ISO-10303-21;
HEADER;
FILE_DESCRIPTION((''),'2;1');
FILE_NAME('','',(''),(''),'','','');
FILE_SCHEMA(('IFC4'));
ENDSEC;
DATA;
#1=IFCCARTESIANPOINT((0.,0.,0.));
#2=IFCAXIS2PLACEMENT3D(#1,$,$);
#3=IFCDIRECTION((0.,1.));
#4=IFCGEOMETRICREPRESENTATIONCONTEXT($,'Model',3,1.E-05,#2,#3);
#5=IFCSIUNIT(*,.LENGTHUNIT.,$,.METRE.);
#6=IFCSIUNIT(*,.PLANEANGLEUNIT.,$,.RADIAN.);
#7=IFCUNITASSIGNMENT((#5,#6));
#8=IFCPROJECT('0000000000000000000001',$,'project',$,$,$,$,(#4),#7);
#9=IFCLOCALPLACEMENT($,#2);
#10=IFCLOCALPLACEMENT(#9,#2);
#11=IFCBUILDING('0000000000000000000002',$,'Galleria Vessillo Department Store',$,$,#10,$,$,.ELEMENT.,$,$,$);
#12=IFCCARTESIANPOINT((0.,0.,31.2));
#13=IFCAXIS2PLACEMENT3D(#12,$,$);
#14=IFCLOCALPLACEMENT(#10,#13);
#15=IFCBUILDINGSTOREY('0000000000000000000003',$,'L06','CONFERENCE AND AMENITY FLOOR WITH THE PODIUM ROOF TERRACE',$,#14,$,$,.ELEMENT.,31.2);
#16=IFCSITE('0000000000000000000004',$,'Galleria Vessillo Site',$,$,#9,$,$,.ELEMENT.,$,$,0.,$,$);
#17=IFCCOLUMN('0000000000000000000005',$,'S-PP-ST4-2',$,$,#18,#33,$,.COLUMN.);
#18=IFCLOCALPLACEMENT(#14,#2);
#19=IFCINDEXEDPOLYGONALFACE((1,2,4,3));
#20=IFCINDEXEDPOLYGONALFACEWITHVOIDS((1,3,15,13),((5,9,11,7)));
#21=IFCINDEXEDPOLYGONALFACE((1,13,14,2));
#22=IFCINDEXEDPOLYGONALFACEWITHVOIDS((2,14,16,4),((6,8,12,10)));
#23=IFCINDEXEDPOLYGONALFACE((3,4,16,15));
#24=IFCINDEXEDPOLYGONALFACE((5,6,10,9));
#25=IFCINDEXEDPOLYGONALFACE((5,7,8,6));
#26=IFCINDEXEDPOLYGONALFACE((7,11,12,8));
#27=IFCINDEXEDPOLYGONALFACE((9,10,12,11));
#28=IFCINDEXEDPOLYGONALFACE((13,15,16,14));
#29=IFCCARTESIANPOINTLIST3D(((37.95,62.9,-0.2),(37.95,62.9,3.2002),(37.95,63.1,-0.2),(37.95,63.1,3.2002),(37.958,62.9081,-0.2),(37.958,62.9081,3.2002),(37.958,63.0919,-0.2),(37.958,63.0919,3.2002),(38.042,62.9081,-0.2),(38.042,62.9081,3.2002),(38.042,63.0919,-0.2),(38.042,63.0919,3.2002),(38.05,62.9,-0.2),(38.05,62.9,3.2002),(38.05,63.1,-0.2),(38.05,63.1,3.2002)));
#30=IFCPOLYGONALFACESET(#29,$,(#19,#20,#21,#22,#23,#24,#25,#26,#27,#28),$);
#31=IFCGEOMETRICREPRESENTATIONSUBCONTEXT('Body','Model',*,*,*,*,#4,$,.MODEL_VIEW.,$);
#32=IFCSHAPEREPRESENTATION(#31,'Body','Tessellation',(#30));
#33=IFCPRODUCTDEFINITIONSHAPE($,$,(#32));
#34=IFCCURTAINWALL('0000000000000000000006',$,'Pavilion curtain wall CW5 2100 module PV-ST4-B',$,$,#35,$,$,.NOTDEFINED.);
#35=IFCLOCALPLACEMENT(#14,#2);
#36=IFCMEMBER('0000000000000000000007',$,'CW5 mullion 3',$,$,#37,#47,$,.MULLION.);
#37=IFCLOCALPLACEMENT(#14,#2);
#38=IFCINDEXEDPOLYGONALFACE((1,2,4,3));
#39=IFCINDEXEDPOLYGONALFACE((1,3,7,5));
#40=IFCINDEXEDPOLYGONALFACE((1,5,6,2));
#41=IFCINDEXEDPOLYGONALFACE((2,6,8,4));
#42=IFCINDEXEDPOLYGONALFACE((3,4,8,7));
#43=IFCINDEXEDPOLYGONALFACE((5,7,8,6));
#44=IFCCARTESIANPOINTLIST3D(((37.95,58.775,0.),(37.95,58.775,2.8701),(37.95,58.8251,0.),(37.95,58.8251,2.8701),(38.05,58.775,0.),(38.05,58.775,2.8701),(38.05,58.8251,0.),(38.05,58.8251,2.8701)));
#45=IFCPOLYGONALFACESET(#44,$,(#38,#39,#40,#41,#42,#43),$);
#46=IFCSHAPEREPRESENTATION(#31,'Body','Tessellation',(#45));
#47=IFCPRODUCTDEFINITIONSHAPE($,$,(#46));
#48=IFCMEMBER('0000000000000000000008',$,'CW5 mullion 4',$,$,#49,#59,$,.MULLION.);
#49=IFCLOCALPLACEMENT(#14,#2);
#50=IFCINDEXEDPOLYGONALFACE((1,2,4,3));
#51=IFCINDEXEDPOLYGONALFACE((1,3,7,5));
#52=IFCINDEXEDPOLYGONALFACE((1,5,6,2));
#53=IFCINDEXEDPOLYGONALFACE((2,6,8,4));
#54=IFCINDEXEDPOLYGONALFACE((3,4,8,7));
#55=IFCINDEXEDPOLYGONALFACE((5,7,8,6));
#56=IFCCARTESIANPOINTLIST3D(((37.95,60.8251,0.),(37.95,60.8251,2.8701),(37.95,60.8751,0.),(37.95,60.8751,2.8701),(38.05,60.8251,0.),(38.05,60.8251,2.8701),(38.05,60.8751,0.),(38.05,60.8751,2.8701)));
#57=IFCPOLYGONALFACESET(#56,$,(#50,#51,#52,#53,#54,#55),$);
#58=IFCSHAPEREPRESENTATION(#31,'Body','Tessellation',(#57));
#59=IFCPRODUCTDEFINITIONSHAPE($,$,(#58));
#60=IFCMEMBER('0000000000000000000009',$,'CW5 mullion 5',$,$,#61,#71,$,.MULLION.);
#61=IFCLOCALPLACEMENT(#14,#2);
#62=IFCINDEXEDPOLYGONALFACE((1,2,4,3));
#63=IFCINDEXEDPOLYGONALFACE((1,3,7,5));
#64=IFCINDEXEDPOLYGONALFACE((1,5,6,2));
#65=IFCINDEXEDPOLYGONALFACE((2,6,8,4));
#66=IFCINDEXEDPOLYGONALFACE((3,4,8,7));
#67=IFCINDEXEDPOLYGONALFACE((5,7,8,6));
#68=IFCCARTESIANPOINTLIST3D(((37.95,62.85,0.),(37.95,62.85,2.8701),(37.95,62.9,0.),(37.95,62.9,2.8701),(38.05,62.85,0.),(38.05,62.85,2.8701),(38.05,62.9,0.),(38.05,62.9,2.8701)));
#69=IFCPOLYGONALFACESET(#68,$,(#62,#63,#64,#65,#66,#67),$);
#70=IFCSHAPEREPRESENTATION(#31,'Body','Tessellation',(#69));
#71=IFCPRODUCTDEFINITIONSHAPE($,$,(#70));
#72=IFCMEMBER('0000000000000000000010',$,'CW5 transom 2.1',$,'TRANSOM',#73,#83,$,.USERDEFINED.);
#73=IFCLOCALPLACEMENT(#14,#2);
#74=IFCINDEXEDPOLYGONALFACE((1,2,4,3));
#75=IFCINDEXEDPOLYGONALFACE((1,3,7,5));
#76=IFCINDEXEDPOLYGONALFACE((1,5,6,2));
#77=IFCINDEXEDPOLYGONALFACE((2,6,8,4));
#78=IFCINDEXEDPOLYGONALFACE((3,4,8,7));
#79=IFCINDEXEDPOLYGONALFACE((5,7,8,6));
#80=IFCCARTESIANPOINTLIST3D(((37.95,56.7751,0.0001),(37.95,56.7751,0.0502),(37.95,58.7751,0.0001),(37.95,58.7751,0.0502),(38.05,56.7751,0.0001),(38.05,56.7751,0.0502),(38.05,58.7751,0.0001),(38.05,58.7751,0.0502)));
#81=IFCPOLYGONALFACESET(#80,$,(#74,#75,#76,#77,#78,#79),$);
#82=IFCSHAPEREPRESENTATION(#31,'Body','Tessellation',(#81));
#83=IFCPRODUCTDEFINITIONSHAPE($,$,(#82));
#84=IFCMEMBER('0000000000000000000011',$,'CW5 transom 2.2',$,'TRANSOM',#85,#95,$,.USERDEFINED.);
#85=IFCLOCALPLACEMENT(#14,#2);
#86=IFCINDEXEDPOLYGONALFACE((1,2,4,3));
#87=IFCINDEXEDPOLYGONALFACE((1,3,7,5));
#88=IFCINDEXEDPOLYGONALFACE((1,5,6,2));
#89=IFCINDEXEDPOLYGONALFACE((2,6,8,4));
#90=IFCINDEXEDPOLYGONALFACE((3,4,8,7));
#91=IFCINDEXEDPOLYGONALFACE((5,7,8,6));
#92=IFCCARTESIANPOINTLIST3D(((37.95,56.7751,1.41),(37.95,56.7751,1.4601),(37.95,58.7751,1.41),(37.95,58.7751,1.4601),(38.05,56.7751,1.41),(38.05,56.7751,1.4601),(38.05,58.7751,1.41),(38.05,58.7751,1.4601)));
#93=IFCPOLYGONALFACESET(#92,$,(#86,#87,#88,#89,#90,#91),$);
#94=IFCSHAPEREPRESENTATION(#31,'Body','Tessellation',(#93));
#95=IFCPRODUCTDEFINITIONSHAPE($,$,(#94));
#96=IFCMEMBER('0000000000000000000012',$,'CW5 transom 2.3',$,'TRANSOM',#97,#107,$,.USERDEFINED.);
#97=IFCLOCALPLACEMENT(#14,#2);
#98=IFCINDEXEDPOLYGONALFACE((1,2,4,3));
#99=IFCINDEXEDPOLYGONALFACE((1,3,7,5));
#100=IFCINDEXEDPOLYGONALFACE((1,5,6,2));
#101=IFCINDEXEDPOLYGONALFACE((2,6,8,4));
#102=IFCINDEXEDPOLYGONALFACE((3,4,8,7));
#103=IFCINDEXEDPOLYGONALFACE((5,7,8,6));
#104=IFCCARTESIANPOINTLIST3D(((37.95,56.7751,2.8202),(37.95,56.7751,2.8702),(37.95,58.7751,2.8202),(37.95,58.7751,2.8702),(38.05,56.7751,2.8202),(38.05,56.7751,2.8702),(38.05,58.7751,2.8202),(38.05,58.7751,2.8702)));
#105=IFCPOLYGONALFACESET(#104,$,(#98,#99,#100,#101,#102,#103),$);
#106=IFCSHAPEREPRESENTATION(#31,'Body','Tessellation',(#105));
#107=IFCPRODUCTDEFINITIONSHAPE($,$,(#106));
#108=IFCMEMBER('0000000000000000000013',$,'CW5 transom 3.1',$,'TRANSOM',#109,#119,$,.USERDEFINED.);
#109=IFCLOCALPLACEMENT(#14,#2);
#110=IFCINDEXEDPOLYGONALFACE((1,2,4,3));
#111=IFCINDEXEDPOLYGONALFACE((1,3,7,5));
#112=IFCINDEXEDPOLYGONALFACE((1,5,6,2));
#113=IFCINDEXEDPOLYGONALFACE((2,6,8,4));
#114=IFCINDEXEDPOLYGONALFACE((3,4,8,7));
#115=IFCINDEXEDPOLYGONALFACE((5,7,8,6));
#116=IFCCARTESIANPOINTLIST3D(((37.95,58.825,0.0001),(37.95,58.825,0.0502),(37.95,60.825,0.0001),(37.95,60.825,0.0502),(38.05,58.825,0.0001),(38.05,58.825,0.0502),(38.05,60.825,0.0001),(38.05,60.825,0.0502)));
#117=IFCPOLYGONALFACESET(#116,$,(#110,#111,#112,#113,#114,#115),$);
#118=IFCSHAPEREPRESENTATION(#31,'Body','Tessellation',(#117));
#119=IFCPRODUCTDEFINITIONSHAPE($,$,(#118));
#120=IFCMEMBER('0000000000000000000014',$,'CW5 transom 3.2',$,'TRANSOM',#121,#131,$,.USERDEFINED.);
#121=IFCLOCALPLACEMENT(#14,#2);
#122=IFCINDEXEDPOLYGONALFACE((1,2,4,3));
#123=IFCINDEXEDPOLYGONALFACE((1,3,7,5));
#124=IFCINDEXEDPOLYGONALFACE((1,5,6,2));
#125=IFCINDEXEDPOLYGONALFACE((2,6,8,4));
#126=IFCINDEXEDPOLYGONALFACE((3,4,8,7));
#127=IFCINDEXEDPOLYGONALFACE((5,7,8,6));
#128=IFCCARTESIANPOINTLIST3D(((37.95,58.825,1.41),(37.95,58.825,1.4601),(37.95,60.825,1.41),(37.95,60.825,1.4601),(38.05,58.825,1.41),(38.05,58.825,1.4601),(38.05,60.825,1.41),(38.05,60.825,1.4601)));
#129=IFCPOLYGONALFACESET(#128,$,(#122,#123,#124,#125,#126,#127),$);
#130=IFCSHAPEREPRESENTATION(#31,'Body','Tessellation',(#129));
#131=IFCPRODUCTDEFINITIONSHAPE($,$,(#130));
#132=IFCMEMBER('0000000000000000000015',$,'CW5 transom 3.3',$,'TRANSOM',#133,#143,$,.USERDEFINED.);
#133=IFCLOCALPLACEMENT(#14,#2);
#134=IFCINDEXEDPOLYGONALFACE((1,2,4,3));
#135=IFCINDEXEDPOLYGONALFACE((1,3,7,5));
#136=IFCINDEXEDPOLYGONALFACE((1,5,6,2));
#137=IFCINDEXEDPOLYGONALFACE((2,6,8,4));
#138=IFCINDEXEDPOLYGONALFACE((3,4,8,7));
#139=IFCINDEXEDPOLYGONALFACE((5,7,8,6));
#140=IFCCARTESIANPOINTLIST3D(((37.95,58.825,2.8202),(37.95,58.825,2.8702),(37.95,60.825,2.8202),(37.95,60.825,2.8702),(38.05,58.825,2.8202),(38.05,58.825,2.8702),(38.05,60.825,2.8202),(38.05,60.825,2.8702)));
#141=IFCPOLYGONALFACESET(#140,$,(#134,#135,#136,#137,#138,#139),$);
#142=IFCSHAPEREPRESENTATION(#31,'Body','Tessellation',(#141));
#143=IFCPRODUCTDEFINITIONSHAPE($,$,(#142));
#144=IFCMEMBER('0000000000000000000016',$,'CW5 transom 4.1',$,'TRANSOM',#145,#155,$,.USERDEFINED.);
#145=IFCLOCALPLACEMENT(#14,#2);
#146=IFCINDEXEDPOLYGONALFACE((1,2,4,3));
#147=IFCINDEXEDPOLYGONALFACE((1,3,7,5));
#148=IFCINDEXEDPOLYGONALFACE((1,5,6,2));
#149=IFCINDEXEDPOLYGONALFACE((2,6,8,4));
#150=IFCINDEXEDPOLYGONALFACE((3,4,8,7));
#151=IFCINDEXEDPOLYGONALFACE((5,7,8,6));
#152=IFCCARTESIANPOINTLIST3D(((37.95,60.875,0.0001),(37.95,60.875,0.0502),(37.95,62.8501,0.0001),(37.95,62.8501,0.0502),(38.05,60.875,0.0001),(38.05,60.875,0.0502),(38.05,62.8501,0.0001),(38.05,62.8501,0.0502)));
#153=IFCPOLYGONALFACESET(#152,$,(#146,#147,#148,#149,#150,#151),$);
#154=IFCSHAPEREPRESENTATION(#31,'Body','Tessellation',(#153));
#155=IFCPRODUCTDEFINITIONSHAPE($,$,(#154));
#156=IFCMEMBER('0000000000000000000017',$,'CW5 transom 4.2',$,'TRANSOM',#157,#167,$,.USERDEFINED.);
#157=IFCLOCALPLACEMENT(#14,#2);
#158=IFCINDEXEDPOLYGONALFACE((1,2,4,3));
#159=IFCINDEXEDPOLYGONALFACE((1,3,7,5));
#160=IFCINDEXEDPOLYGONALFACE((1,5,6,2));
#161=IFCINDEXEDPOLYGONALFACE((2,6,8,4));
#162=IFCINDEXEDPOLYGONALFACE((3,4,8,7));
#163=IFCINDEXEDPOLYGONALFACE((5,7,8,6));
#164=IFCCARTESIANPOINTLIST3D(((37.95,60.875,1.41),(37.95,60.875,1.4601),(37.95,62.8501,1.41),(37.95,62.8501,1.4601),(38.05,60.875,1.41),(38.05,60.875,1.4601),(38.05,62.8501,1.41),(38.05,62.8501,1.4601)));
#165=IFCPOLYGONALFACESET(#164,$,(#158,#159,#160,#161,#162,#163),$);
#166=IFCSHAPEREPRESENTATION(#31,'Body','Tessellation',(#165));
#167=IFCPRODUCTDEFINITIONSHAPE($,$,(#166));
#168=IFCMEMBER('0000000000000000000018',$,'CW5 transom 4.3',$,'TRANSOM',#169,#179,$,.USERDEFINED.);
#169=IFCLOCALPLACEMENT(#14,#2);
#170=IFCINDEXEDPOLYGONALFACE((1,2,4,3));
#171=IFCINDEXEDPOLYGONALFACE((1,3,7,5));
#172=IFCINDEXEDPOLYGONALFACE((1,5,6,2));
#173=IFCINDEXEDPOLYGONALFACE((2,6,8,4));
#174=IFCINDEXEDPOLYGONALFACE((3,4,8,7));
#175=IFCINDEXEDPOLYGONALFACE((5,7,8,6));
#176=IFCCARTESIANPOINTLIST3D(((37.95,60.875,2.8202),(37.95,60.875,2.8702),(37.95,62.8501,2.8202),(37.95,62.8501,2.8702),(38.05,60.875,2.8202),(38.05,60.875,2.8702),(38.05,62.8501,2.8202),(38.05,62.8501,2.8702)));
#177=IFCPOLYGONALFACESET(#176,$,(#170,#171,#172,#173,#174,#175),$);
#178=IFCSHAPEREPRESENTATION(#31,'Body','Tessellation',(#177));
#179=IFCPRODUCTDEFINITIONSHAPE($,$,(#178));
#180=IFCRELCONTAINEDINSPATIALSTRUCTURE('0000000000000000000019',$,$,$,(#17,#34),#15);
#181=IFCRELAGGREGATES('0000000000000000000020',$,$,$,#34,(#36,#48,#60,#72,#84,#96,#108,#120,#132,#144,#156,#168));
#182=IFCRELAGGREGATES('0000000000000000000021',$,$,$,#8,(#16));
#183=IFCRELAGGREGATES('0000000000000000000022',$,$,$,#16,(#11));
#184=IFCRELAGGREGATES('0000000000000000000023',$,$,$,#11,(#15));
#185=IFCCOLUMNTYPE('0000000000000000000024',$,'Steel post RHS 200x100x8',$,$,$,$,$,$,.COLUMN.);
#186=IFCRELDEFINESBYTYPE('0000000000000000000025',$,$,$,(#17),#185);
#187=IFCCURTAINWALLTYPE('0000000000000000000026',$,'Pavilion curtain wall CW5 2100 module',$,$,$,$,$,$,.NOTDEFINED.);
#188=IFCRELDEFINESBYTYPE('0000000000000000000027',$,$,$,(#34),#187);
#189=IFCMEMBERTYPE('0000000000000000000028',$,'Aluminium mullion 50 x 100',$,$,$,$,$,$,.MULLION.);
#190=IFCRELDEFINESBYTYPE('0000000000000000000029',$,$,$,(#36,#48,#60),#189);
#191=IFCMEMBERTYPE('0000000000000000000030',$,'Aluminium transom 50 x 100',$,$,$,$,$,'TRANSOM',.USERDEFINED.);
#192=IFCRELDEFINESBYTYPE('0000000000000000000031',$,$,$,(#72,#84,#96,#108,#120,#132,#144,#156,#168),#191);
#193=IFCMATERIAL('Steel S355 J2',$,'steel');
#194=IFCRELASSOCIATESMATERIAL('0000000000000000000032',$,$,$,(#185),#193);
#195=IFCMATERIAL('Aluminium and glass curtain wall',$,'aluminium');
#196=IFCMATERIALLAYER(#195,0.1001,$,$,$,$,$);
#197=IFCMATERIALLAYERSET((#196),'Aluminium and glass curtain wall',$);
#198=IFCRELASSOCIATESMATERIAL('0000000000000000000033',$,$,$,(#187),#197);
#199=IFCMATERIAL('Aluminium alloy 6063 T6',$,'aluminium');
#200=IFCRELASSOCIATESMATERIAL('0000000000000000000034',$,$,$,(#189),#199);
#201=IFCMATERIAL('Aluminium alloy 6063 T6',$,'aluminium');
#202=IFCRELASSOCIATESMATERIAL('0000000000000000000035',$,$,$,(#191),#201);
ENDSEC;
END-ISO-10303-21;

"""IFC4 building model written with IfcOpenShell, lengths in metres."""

from ifc_helpers import new_model, si_unit, direction, frame, origin, origin_2d, place, context, subcontext, project, spatial, rectangle, hollow_rectangle, extrude, material, layer, layer_set, material_profile, profile_set, type_object, element, aggregate, save


model = new_model("IFC4")

# Units and contexts
model_context = context("Model", 3, precision=1e-05, world=origin(), true_north=direction((0.0, 1.0)))
body_context = subcontext(model_context, "Body", "Model", "MODEL_VIEW")
ifc_project = project(units=[si_unit("LENGTHUNIT", "METRE"), si_unit("PLANEANGLEUNIT", "RADIAN")], contexts=[model_context])

# Site, building, storey
site_placement = place(None, origin())
site = spatial("IfcSite", under=ifc_project, at=site_placement, Name="Galleria Vessillo Site", CompositionType="ELEMENT", RefElevation=0.0)
building_placement = place(site_placement, origin())
building = spatial("IfcBuilding", under=site, at=building_placement, Name="Galleria Vessillo Department Store", CompositionType="ELEMENT")
storey_placement = place(building_placement, frame((0.0, 0.0, 31.2)))
storey = spatial("IfcBuildingStorey", under=building, at=storey_placement, Name="L06", Description="CONFERENCE AND AMENITY FLOOR WITH THE PODIUM ROOF TERRACE", CompositionType="ELEMENT", Elevation=31.2)

# Column
ifc_material_1 = material(Name="Steel S355 J2", Category="steel")
ifc_material_profile_1 = material_profile(ifc_material_1, hollow_rectangle(XDim=0.1001, YDim=0.2, WallThickness=0.0081, at=origin_2d()), Name="RHS 200x100x8")
ifc_profile_set_1 = profile_set([ifc_material_profile_1], Name="Steel S355 J2")
column_type = type_object("IfcColumnType", Name="Steel post RHS 200x100x8", PredefinedType="COLUMN", material=ifc_profile_set_1)
column_placement = place(storey_placement, frame((38.0, 63.0, -0.2), z_axis=(0.0, 0.0, 1.0), x_axis=(1.0, 0.0, 0.0)))
element("IfcColumn", 1, at=column_placement, inside=storey, type_object=column_type, Name="S-PP-ST4-2", PredefinedType="COLUMN", context=body_context, shape_type="SweptSolid", body=[
    extrude(hollow_rectangle(XDim=0.1001, YDim=0.2, WallThickness=0.0081, at=origin_2d()), origin(), (0.0, 0.0, 1.0), 3.4001),
])

# Curtain wall, members
ifc_material_2 = material(Name="Aluminium and glass curtain wall", Category="aluminium")
ifc_layer_1 = layer(ifc_material_2, 0.1001)
ifc_layer_set_1 = layer_set([ifc_layer_1], Name="Aluminium and glass curtain wall")
curtain_wall_type = type_object("IfcCurtainWallType", Name="Pavilion curtain wall CW5 2100 module", PredefinedType="NOTDEFINED", material=ifc_layer_set_1)
curtain_wall_placement = place(storey_placement, origin())
curtain_wall = element("IfcCurtainWall", 2, at=curtain_wall_placement, inside=storey, type_object=curtain_wall_type, Name="Pavilion curtain wall CW5 2100 module PV-ST4-B", PredefinedType="NOTDEFINED")
ifc_material_3 = material(Name="Aluminium alloy 6063 T6", Category="aluminium")
ifc_material_profile_2 = material_profile(ifc_material_3, rectangle(XDim=0.1001, YDim=0.05, at=origin_2d()), Name="AL 50x100")
ifc_profile_set_2 = profile_set([ifc_material_profile_2], Name="Aluminium alloy 6063 T6")
member_type_1 = type_object("IfcMemberType", Name="Aluminium mullion 50 x 100", PredefinedType="MULLION", material=ifc_profile_set_2)
member_1_placement = place(storey_placement, frame((38.0, 58.8, 0.0), z_axis=(0.0, 0.0, 1.0), x_axis=(-1.0, 0.0, 0.0)))
member_1 = element("IfcMember", 3, at=member_1_placement, type_object=member_type_1, Name="CW5 mullion 3", PredefinedType="MULLION", context=body_context, shape_type="SweptSolid", body=[
    extrude(rectangle(XDim=0.1001, YDim=0.05, at=origin_2d()), origin(), (0.0, 0.0, 1.0), 2.8701),
])
member_2_placement = place(storey_placement, frame((38.0, 60.8501, 0.0), z_axis=(0.0, 0.0, 1.0), x_axis=(-1.0, 0.0, 0.0)))
member_2 = element("IfcMember", 4, at=member_2_placement, type_object=member_type_1, Name="CW5 mullion 4", PredefinedType="MULLION", context=body_context, shape_type="SweptSolid", body=[
    extrude(rectangle(XDim=0.1001, YDim=0.05, at=origin_2d()), origin(), (0.0, 0.0, 1.0), 2.8701),
])
member_3_placement = place(storey_placement, frame((38.0, 62.875, 0.0), z_axis=(0.0, 0.0, 1.0), x_axis=(-1.0, 0.0, 0.0)))
member_3 = element("IfcMember", 5, at=member_3_placement, type_object=member_type_1, Name="CW5 mullion 5", PredefinedType="MULLION", context=body_context, shape_type="SweptSolid", body=[
    extrude(rectangle(XDim=0.1001, YDim=0.05, at=origin_2d()), origin(), (0.0, 0.0, 1.0), 2.8701),
])
ifc_material_4 = material(Name="Aluminium alloy 6063 T6", Category="aluminium")
ifc_material_profile_3 = material_profile(ifc_material_4, rectangle(XDim=0.1001, YDim=0.05, at=origin_2d()), Name="AL 50x100")
ifc_profile_set_3 = profile_set([ifc_material_profile_3], Name="Aluminium alloy 6063 T6")
member_type_2 = type_object("IfcMemberType", Name="Aluminium transom 50 x 100", ElementType="TRANSOM", PredefinedType="USERDEFINED", material=ifc_profile_set_3)
member_4_placement = place(storey_placement, frame((38.0, 56.7751, 0.0251), z_axis=(0.0, 1.0, 0.0), x_axis=(-1.0, 0.0, 0.0)))
member_4 = element("IfcMember", 6, at=member_4_placement, type_object=member_type_2, Name="CW5 transom 2.1", ObjectType="TRANSOM", PredefinedType="USERDEFINED", context=body_context, shape_type="SweptSolid", body=[
    extrude(rectangle(XDim=0.1001, YDim=0.05, at=origin_2d()), origin(), (0.0, 0.0, 1.0), 2.0),
])
member_5_placement = place(storey_placement, frame((38.0, 56.7751, 1.4351), z_axis=(0.0, 1.0, 0.0), x_axis=(-1.0, 0.0, 0.0)))
member_5 = element("IfcMember", 7, at=member_5_placement, type_object=member_type_2, Name="CW5 transom 2.2", ObjectType="TRANSOM", PredefinedType="USERDEFINED", context=body_context, shape_type="SweptSolid", body=[
    extrude(rectangle(XDim=0.1001, YDim=0.05, at=origin_2d()), origin(), (0.0, 0.0, 1.0), 2.0),
])
member_6_placement = place(storey_placement, frame((38.0, 56.7751, 2.8452), z_axis=(0.0, 1.0, 0.0), x_axis=(-1.0, 0.0, 0.0)))
member_6 = element("IfcMember", 8, at=member_6_placement, type_object=member_type_2, Name="CW5 transom 2.3", ObjectType="TRANSOM", PredefinedType="USERDEFINED", context=body_context, shape_type="SweptSolid", body=[
    extrude(rectangle(XDim=0.1001, YDim=0.05, at=origin_2d()), origin(), (0.0, 0.0, 1.0), 2.0),
])
member_7_placement = place(storey_placement, frame((38.0, 58.825, 0.0251), z_axis=(0.0, 1.0, 0.0), x_axis=(-1.0, 0.0, 0.0)))
member_7 = element("IfcMember", 9, at=member_7_placement, type_object=member_type_2, Name="CW5 transom 3.1", ObjectType="TRANSOM", PredefinedType="USERDEFINED", context=body_context, shape_type="SweptSolid", body=[
    extrude(rectangle(XDim=0.1001, YDim=0.05, at=origin_2d()), origin(), (0.0, 0.0, 1.0), 2.0),
])
member_8_placement = place(storey_placement, frame((38.0, 58.825, 1.4351), z_axis=(0.0, 1.0, 0.0), x_axis=(-1.0, 0.0, 0.0)))
member_8 = element("IfcMember", 10, at=member_8_placement, type_object=member_type_2, Name="CW5 transom 3.2", ObjectType="TRANSOM", PredefinedType="USERDEFINED", context=body_context, shape_type="SweptSolid", body=[
    extrude(rectangle(XDim=0.1001, YDim=0.05, at=origin_2d()), origin(), (0.0, 0.0, 1.0), 2.0),
])
member_9_placement = place(storey_placement, frame((38.0, 58.825, 2.8452), z_axis=(0.0, 1.0, 0.0), x_axis=(-1.0, 0.0, 0.0)))
member_9 = element("IfcMember", 11, at=member_9_placement, type_object=member_type_2, Name="CW5 transom 3.3", ObjectType="TRANSOM", PredefinedType="USERDEFINED", context=body_context, shape_type="SweptSolid", body=[
    extrude(rectangle(XDim=0.1001, YDim=0.05, at=origin_2d()), origin(), (0.0, 0.0, 1.0), 2.0),
])
member_10_placement = place(storey_placement, frame((38.0, 60.875, 0.0251), z_axis=(0.0, 1.0, 0.0), x_axis=(-1.0, 0.0, 0.0)))
member_10 = element("IfcMember", 12, at=member_10_placement, type_object=member_type_2, Name="CW5 transom 4.1", ObjectType="TRANSOM", PredefinedType="USERDEFINED", context=body_context, shape_type="SweptSolid", body=[
    extrude(rectangle(XDim=0.1001, YDim=0.05, at=origin_2d()), origin(), (0.0, 0.0, 1.0), 1.9751),
])
member_11_placement = place(storey_placement, frame((38.0, 60.875, 1.4351), z_axis=(0.0, 1.0, 0.0), x_axis=(-1.0, 0.0, 0.0)))
member_11 = element("IfcMember", 13, at=member_11_placement, type_object=member_type_2, Name="CW5 transom 4.2", ObjectType="TRANSOM", PredefinedType="USERDEFINED", context=body_context, shape_type="SweptSolid", body=[
    extrude(rectangle(XDim=0.1001, YDim=0.05, at=origin_2d()), origin(), (0.0, 0.0, 1.0), 1.9751),
])
member_12_placement = place(storey_placement, frame((38.0, 60.875, 2.8452), z_axis=(0.0, 1.0, 0.0), x_axis=(-1.0, 0.0, 0.0)))
member_12 = element("IfcMember", 14, at=member_12_placement, type_object=member_type_2, Name="CW5 transom 4.3", ObjectType="TRANSOM", PredefinedType="USERDEFINED", context=body_context, shape_type="SweptSolid", body=[
    extrude(rectangle(XDim=0.1001, YDim=0.05, at=origin_2d()), origin(), (0.0, 0.0, 1.0), 1.9751),
])

aggregate(curtain_wall, [member_1, member_2, member_3, member_4, member_5, member_6, member_7, member_8, member_9, member_10, member_11, member_12])

save(model, "model.ifc")
